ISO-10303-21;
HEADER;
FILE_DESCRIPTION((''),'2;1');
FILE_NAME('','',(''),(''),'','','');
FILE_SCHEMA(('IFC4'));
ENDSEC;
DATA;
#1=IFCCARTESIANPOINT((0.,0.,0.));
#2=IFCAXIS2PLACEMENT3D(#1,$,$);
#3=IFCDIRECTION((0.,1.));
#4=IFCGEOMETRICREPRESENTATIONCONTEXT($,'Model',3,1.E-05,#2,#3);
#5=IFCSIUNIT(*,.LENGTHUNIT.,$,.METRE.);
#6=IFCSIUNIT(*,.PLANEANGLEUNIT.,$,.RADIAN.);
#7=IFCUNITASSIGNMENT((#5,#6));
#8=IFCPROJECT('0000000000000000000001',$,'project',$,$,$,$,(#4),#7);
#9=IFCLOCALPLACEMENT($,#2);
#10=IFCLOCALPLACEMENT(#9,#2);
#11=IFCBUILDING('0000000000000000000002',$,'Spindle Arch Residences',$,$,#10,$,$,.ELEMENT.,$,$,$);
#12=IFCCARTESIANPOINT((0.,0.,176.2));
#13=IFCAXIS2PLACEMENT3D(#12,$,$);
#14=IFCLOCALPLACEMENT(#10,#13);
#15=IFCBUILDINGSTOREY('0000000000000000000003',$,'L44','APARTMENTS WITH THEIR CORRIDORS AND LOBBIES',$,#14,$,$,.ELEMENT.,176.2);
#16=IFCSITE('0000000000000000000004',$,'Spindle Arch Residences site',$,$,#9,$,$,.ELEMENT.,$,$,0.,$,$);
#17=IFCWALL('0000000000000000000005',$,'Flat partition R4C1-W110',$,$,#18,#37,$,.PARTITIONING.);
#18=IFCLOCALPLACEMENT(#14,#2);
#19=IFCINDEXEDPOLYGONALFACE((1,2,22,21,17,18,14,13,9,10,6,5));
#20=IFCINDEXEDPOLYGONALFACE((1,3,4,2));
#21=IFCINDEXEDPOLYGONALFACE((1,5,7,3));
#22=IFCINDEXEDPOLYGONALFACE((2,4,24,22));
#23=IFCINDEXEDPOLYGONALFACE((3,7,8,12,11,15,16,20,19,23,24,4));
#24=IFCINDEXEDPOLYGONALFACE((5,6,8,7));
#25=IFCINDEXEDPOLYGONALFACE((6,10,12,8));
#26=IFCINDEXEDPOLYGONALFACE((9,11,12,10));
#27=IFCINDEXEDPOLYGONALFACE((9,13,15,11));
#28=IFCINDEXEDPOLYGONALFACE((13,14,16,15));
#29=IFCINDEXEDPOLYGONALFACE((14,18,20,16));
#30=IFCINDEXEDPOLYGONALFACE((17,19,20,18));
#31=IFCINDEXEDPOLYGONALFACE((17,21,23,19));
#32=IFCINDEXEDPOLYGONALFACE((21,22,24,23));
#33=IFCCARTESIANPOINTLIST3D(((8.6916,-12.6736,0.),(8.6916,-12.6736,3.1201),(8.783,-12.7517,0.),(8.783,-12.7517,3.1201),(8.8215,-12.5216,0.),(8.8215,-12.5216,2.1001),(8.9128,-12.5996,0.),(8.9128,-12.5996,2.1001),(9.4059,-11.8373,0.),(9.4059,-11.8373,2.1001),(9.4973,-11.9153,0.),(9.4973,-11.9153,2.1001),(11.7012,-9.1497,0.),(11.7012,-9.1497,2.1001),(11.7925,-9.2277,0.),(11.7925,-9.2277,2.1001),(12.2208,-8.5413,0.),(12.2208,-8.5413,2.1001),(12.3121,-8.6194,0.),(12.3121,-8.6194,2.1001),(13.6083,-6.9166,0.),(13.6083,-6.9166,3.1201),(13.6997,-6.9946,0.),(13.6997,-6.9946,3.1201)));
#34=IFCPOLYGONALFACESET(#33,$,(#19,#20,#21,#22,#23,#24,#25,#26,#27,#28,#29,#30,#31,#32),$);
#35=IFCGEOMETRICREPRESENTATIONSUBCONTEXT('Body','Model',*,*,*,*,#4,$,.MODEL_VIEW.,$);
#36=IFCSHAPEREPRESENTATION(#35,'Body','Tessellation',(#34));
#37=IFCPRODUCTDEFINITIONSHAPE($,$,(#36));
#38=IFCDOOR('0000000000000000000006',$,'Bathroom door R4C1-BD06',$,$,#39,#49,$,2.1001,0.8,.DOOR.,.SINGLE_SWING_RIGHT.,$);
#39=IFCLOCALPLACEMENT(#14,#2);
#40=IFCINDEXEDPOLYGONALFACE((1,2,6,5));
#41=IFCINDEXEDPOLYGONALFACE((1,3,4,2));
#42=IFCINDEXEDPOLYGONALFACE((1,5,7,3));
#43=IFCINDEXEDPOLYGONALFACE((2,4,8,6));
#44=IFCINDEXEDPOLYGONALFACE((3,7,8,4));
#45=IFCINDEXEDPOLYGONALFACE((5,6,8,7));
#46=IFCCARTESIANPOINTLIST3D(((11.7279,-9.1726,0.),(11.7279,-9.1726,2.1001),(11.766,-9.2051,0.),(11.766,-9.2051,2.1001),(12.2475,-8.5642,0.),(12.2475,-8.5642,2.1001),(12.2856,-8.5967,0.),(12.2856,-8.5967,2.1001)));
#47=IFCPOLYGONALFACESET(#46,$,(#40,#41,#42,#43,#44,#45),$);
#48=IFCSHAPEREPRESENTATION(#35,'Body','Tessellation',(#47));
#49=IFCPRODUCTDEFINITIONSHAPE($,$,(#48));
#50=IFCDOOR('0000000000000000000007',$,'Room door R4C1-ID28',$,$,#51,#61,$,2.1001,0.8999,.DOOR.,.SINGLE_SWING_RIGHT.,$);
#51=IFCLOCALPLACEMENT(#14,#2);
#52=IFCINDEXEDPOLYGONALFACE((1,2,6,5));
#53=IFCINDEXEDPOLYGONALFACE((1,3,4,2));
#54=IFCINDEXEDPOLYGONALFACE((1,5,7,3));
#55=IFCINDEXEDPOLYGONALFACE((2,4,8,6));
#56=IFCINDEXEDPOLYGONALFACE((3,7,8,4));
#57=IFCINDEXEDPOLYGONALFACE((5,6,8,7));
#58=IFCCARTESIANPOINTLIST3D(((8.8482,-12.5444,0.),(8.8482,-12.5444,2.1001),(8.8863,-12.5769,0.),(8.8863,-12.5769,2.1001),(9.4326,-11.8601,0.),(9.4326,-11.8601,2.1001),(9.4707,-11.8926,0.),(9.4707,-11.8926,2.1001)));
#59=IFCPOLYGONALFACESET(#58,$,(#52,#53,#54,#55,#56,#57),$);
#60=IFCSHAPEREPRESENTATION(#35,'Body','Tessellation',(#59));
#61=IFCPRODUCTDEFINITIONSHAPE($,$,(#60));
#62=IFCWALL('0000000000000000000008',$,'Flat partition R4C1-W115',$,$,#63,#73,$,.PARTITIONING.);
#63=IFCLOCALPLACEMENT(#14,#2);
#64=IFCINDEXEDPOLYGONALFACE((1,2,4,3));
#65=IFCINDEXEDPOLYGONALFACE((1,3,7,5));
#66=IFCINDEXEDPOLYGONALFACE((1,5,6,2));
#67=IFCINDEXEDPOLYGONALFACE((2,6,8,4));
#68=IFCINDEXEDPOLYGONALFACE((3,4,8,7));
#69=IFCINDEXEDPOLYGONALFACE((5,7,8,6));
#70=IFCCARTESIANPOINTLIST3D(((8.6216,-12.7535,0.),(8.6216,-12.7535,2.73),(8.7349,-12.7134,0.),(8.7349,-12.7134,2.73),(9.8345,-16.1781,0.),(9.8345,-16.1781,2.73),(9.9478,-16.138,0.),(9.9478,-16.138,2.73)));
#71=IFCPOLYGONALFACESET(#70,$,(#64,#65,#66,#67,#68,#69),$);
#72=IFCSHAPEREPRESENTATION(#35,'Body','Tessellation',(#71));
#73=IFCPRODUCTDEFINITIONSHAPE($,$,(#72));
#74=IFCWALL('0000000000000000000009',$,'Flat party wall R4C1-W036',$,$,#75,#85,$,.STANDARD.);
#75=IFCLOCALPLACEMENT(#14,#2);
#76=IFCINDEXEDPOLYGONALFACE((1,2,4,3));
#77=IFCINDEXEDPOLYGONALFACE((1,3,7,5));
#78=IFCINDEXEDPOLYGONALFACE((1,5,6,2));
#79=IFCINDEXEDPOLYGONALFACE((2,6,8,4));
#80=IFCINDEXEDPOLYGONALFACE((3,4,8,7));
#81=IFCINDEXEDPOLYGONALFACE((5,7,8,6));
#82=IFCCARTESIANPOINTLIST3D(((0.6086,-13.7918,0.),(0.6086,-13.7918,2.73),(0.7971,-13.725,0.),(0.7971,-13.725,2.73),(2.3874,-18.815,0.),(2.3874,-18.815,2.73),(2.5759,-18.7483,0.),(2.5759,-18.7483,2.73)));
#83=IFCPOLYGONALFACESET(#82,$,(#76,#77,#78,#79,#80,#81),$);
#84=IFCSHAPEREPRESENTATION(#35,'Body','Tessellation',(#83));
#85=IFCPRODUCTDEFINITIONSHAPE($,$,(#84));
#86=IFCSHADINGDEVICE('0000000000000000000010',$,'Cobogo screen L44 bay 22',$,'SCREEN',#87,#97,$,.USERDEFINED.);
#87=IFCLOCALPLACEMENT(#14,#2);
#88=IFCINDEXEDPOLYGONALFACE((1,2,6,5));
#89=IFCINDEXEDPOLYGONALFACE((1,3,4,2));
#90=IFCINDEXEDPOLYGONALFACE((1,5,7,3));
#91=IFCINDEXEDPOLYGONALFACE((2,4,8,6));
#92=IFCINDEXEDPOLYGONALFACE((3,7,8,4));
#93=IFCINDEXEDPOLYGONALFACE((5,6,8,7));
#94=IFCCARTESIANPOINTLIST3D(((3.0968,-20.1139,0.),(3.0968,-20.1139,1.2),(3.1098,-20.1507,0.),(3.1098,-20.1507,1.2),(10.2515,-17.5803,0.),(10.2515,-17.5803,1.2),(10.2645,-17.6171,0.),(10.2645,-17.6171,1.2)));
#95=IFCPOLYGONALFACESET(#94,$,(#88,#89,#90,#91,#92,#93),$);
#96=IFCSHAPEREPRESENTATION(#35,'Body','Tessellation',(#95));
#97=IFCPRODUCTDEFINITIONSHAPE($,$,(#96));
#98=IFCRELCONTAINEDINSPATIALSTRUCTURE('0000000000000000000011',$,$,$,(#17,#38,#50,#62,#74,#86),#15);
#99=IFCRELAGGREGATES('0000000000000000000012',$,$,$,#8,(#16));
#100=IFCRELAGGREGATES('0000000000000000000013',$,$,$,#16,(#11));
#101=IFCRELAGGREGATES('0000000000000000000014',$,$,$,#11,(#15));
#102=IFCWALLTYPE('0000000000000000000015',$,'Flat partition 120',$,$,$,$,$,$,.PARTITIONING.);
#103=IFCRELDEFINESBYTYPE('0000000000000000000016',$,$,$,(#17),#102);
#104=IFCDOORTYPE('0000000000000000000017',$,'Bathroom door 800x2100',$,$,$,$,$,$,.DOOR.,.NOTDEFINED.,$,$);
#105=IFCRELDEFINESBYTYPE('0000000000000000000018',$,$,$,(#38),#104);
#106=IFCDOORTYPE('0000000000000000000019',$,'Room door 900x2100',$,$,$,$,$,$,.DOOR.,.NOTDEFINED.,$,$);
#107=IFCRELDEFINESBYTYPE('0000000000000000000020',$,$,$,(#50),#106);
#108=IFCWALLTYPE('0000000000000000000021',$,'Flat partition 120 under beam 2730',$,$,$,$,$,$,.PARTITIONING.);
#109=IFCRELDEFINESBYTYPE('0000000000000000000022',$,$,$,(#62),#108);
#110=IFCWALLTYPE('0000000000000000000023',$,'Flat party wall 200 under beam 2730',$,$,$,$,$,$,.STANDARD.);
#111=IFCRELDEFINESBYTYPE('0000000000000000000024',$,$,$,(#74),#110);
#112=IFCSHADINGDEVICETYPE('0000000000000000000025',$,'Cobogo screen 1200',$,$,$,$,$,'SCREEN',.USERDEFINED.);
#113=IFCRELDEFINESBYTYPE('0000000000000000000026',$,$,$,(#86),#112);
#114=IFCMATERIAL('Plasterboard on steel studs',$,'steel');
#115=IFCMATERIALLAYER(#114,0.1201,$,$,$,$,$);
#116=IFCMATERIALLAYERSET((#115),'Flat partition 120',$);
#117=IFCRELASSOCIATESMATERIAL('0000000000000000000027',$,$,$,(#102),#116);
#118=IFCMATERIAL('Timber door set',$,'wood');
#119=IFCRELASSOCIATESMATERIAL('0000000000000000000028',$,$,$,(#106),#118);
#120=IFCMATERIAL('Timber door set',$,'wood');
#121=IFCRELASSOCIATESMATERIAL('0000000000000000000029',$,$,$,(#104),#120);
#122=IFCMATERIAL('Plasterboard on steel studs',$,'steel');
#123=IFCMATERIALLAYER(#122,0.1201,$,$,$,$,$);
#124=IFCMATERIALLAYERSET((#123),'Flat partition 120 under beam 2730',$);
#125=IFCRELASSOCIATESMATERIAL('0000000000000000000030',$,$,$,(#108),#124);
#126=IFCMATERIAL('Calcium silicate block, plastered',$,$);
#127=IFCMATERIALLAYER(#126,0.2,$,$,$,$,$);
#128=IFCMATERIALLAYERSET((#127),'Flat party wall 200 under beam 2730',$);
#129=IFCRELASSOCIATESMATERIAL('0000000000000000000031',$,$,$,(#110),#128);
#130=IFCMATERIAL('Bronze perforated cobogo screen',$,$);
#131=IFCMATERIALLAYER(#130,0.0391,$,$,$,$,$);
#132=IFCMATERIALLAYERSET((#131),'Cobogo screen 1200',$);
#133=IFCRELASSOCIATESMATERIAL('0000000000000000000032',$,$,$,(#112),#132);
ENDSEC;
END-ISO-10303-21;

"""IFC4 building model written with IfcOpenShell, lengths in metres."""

from ifc_helpers import new_model, si_unit, direction, frame, frame_2d, origin, origin_2d, place, context, subcontext, project, spatial, rectangle, extrude, material, layer, layer_set, type_object, element, fill, save


model = new_model("IFC4")

# Units and contexts
model_context = context("Model", 3, precision=1e-05, world=origin(), true_north=direction((0.0, 1.0)))
body_context = subcontext(model_context, "Body", "Model", "MODEL_VIEW")
ifc_project = project(units=[si_unit("LENGTHUNIT", "METRE"), si_unit("PLANEANGLEUNIT", "RADIAN")], contexts=[model_context])

# Site, building, storey
site_placement = place(None, origin())
site = spatial("IfcSite", under=ifc_project, at=site_placement, Name="Spindle Arch Residences site", CompositionType="ELEMENT", RefElevation=0.0)
building_placement = place(site_placement, origin())
building = spatial("IfcBuilding", under=site, at=building_placement, Name="Spindle Arch Residences", CompositionType="ELEMENT")
storey_placement = place(building_placement, frame((0.0, 0.0, 176.2)))
storey = spatial("IfcBuildingStorey", under=building, at=storey_placement, Name="L44", Description="APARTMENTS WITH THEIR CORRIDORS AND LOBBIES", CompositionType="ELEMENT", Elevation=176.2)

# Shared definitions
ifc_material_1 = material(Name="Plasterboard on steel studs", Category="steel")
ifc_layer_1 = layer(ifc_material_1, 0.1201)
ifc_layer_set_1 = layer_set([ifc_layer_1], Name="Flat partition 120")
wall_type_1 = type_object("IfcWallType", Name="Flat partition 120", PredefinedType="PARTITIONING", material=ifc_layer_set_1)
ifc_material_2 = material(Name="Timber door set", Category="wood")
door_type_1 = type_object("IfcDoorType", Name="Room door 900x2100", OperationType="NOTDEFINED", PredefinedType="DOOR", material=ifc_material_2)

# Wall, openings, doors
wall_1_placement = place(storey_placement, frame((8.7373, -12.7126, 0.0), z_axis=(0.0, 0.0, 1.0), x_axis=(0.649428, 0.760423, 0.0)))
wall_1 = element("IfcWall", 1, at=wall_1_placement, inside=storey, type_object=wall_type_1, Name="Flat partition R4C1-W110", PredefinedType="PARTITIONING", context=body_context, shape_type="SweptSolid", body=[
    extrude(rectangle(XDim=7.5708, YDim=0.1201, at=frame_2d((3.7854, 0.0))), origin(), (0.0, 0.0, 1.0), 3.1201),
])
opening_1_placement = place(wall_1_placement, frame((0.2, 0.0, 0.0)))
opening_1 = element("IfcOpeningElement", 2, at=opening_1_placement, cuts=wall_1, PredefinedType="OPENING", context=body_context, shape_type="SweptSolid", body=[
    extrude(rectangle(XDim=0.8999, YDim=2.1001, at=frame_2d((0.45, 1.05))), frame((0.0, 0.0701, 0.0), z_axis=(0.0, -1.0, 0.0), x_axis=(1.0, 0.0, 0.0)), (0.0, 0.0, 1.0), 0.1401),
])
opening_2_placement = place(wall_1_placement, frame((4.6343, 0.0, 0.0)))
opening_2 = element("IfcOpeningElement", 3, at=opening_2_placement, cuts=wall_1, PredefinedType="OPENING", context=body_context, shape_type="SweptSolid", body=[
    extrude(rectangle(XDim=0.8, YDim=2.1001, at=frame_2d((0.3999, 1.05))), frame((0.0, 0.0701, 0.0), z_axis=(0.0, -1.0, 0.0), x_axis=(1.0, 0.0, 0.0)), (0.0, 0.0, 1.0), 0.1401),
])
ifc_material_3 = material(Name="Timber door set", Category="wood")
door_type_2 = type_object("IfcDoorType", Name="Bathroom door 800x2100", OperationType="NOTDEFINED", PredefinedType="DOOR", material=ifc_material_3)
door_1_placement = place(opening_2_placement, origin())
door_1 = element("IfcDoor", 4, at=door_1_placement, inside=storey, type_object=door_type_2, Name="Bathroom door R4C1-BD06", OperationType="SINGLE_SWING_RIGHT", OverallHeight=2.1001, OverallWidth=0.8, PredefinedType="DOOR", context=body_context, shape_type="SweptSolid", body=[
    extrude(rectangle(XDim=0.8, YDim=2.1001, at=frame_2d((0.3999, 1.05))), frame((0.0, 0.0249, 0.0), z_axis=(0.0, -1.0, 0.0), x_axis=(1.0, 0.0, 0.0)), (0.0, 0.0, 1.0), 0.05),
])
fill(opening_2, door_1)
door_2_placement = place(opening_1_placement, origin())
door_2 = element("IfcDoor", 5, at=door_2_placement, inside=storey, type_object=door_type_1, Name="Room door R4C1-ID28", OperationType="SINGLE_SWING_RIGHT", OverallHeight=2.1001, OverallWidth=0.8999, PredefinedType="DOOR", context=body_context, shape_type="SweptSolid", body=[
    extrude(rectangle(XDim=0.8999, YDim=2.1001, at=frame_2d((0.45, 1.05))), frame((0.0, 0.0249, 0.0), z_axis=(0.0, -1.0, 0.0), x_axis=(1.0, 0.0, 0.0)), (0.0, 0.0, 1.0), 0.05),
])
fill(opening_1, door_2)

# Walls
ifc_material_4 = material(Name="Plasterboard on steel studs", Category="steel")
ifc_layer_2 = layer(ifc_material_4, 0.1201)
ifc_layer_set_2 = layer_set([ifc_layer_2], Name="Flat partition 120 under beam 2730")
wall_type_2 = type_object("IfcWallType", Name="Flat partition 120 under beam 2730", PredefinedType="PARTITIONING", material=ifc_layer_set_2)
wall_2_placement = place(storey_placement, frame((9.8911, -16.158, 0.0), z_axis=(0.0, 0.0, 1.0), x_axis=(-0.333853, 0.942625, 0.0)))
element("IfcWall", 6, at=wall_2_placement, inside=storey, type_object=wall_type_2, Name="Flat partition R4C1-W115", PredefinedType="PARTITIONING", context=body_context, shape_type="SweptSolid", body=[
    extrude(rectangle(XDim=3.6331, YDim=0.1201, at=frame_2d((1.8164, 0.0))), origin(), (0.0, 0.0, 1.0), 2.73),
])
ifc_material_5 = material(Name="Calcium silicate block, plastered")
ifc_layer_3 = layer(ifc_material_5, 0.2)
ifc_layer_set_3 = layer_set([ifc_layer_3], Name="Flat party wall 200 under beam 2730")
wall_type_3 = type_object("IfcWallType", Name="Flat party wall 200 under beam 2730", PredefinedType="STANDARD", material=ifc_layer_set_3)
wall_3_placement = place(storey_placement, frame((2.4817, -18.7817, 0.0), z_axis=(0.0, 0.0, 1.0), x_axis=(-0.333807, 0.942641, 0.0)))
element("IfcWall", 7, at=wall_3_placement, inside=storey, type_object=wall_type_3, Name="Flat party wall R4C1-W036", PredefinedType="STANDARD", context=body_context, shape_type="SweptSolid", body=[
    extrude(rectangle(XDim=5.3289, YDim=0.2, at=frame_2d((2.6646, 0.0))), origin(), (0.0, 0.0, 1.0), 2.73),
])

# Shading device
ifc_material_6 = material(Name="Bronze perforated cobogo screen")
ifc_layer_4 = layer(ifc_material_6, 0.0391)
ifc_layer_set_4 = layer_set([ifc_layer_4], Name="Cobogo screen 1200")
shading_device_type = type_object("IfcShadingDeviceType", Name="Cobogo screen 1200", ElementType="SCREEN", PredefinedType="USERDEFINED", material=ifc_layer_set_4)
shading_device_placement = place(storey_placement, frame((6.6807, -18.8655, 0.0), z_axis=(0.0, 0.0, 1.0), x_axis=(0.942641, 0.333807, 0.0)))
element("IfcShadingDevice", 8, at=shading_device_placement, inside=storey, type_object=shading_device_type, Name="Cobogo screen L44 bay 22", ObjectType="SCREEN", PredefinedType="USERDEFINED", context=body_context, shape_type="SweptSolid", body=[
    extrude(rectangle(XDim=7.5901, YDim=0.0391, at=origin_2d()), origin(), (0.0, 0.0, 1.0), 1.2),
])

save(model, "model.ifc")
